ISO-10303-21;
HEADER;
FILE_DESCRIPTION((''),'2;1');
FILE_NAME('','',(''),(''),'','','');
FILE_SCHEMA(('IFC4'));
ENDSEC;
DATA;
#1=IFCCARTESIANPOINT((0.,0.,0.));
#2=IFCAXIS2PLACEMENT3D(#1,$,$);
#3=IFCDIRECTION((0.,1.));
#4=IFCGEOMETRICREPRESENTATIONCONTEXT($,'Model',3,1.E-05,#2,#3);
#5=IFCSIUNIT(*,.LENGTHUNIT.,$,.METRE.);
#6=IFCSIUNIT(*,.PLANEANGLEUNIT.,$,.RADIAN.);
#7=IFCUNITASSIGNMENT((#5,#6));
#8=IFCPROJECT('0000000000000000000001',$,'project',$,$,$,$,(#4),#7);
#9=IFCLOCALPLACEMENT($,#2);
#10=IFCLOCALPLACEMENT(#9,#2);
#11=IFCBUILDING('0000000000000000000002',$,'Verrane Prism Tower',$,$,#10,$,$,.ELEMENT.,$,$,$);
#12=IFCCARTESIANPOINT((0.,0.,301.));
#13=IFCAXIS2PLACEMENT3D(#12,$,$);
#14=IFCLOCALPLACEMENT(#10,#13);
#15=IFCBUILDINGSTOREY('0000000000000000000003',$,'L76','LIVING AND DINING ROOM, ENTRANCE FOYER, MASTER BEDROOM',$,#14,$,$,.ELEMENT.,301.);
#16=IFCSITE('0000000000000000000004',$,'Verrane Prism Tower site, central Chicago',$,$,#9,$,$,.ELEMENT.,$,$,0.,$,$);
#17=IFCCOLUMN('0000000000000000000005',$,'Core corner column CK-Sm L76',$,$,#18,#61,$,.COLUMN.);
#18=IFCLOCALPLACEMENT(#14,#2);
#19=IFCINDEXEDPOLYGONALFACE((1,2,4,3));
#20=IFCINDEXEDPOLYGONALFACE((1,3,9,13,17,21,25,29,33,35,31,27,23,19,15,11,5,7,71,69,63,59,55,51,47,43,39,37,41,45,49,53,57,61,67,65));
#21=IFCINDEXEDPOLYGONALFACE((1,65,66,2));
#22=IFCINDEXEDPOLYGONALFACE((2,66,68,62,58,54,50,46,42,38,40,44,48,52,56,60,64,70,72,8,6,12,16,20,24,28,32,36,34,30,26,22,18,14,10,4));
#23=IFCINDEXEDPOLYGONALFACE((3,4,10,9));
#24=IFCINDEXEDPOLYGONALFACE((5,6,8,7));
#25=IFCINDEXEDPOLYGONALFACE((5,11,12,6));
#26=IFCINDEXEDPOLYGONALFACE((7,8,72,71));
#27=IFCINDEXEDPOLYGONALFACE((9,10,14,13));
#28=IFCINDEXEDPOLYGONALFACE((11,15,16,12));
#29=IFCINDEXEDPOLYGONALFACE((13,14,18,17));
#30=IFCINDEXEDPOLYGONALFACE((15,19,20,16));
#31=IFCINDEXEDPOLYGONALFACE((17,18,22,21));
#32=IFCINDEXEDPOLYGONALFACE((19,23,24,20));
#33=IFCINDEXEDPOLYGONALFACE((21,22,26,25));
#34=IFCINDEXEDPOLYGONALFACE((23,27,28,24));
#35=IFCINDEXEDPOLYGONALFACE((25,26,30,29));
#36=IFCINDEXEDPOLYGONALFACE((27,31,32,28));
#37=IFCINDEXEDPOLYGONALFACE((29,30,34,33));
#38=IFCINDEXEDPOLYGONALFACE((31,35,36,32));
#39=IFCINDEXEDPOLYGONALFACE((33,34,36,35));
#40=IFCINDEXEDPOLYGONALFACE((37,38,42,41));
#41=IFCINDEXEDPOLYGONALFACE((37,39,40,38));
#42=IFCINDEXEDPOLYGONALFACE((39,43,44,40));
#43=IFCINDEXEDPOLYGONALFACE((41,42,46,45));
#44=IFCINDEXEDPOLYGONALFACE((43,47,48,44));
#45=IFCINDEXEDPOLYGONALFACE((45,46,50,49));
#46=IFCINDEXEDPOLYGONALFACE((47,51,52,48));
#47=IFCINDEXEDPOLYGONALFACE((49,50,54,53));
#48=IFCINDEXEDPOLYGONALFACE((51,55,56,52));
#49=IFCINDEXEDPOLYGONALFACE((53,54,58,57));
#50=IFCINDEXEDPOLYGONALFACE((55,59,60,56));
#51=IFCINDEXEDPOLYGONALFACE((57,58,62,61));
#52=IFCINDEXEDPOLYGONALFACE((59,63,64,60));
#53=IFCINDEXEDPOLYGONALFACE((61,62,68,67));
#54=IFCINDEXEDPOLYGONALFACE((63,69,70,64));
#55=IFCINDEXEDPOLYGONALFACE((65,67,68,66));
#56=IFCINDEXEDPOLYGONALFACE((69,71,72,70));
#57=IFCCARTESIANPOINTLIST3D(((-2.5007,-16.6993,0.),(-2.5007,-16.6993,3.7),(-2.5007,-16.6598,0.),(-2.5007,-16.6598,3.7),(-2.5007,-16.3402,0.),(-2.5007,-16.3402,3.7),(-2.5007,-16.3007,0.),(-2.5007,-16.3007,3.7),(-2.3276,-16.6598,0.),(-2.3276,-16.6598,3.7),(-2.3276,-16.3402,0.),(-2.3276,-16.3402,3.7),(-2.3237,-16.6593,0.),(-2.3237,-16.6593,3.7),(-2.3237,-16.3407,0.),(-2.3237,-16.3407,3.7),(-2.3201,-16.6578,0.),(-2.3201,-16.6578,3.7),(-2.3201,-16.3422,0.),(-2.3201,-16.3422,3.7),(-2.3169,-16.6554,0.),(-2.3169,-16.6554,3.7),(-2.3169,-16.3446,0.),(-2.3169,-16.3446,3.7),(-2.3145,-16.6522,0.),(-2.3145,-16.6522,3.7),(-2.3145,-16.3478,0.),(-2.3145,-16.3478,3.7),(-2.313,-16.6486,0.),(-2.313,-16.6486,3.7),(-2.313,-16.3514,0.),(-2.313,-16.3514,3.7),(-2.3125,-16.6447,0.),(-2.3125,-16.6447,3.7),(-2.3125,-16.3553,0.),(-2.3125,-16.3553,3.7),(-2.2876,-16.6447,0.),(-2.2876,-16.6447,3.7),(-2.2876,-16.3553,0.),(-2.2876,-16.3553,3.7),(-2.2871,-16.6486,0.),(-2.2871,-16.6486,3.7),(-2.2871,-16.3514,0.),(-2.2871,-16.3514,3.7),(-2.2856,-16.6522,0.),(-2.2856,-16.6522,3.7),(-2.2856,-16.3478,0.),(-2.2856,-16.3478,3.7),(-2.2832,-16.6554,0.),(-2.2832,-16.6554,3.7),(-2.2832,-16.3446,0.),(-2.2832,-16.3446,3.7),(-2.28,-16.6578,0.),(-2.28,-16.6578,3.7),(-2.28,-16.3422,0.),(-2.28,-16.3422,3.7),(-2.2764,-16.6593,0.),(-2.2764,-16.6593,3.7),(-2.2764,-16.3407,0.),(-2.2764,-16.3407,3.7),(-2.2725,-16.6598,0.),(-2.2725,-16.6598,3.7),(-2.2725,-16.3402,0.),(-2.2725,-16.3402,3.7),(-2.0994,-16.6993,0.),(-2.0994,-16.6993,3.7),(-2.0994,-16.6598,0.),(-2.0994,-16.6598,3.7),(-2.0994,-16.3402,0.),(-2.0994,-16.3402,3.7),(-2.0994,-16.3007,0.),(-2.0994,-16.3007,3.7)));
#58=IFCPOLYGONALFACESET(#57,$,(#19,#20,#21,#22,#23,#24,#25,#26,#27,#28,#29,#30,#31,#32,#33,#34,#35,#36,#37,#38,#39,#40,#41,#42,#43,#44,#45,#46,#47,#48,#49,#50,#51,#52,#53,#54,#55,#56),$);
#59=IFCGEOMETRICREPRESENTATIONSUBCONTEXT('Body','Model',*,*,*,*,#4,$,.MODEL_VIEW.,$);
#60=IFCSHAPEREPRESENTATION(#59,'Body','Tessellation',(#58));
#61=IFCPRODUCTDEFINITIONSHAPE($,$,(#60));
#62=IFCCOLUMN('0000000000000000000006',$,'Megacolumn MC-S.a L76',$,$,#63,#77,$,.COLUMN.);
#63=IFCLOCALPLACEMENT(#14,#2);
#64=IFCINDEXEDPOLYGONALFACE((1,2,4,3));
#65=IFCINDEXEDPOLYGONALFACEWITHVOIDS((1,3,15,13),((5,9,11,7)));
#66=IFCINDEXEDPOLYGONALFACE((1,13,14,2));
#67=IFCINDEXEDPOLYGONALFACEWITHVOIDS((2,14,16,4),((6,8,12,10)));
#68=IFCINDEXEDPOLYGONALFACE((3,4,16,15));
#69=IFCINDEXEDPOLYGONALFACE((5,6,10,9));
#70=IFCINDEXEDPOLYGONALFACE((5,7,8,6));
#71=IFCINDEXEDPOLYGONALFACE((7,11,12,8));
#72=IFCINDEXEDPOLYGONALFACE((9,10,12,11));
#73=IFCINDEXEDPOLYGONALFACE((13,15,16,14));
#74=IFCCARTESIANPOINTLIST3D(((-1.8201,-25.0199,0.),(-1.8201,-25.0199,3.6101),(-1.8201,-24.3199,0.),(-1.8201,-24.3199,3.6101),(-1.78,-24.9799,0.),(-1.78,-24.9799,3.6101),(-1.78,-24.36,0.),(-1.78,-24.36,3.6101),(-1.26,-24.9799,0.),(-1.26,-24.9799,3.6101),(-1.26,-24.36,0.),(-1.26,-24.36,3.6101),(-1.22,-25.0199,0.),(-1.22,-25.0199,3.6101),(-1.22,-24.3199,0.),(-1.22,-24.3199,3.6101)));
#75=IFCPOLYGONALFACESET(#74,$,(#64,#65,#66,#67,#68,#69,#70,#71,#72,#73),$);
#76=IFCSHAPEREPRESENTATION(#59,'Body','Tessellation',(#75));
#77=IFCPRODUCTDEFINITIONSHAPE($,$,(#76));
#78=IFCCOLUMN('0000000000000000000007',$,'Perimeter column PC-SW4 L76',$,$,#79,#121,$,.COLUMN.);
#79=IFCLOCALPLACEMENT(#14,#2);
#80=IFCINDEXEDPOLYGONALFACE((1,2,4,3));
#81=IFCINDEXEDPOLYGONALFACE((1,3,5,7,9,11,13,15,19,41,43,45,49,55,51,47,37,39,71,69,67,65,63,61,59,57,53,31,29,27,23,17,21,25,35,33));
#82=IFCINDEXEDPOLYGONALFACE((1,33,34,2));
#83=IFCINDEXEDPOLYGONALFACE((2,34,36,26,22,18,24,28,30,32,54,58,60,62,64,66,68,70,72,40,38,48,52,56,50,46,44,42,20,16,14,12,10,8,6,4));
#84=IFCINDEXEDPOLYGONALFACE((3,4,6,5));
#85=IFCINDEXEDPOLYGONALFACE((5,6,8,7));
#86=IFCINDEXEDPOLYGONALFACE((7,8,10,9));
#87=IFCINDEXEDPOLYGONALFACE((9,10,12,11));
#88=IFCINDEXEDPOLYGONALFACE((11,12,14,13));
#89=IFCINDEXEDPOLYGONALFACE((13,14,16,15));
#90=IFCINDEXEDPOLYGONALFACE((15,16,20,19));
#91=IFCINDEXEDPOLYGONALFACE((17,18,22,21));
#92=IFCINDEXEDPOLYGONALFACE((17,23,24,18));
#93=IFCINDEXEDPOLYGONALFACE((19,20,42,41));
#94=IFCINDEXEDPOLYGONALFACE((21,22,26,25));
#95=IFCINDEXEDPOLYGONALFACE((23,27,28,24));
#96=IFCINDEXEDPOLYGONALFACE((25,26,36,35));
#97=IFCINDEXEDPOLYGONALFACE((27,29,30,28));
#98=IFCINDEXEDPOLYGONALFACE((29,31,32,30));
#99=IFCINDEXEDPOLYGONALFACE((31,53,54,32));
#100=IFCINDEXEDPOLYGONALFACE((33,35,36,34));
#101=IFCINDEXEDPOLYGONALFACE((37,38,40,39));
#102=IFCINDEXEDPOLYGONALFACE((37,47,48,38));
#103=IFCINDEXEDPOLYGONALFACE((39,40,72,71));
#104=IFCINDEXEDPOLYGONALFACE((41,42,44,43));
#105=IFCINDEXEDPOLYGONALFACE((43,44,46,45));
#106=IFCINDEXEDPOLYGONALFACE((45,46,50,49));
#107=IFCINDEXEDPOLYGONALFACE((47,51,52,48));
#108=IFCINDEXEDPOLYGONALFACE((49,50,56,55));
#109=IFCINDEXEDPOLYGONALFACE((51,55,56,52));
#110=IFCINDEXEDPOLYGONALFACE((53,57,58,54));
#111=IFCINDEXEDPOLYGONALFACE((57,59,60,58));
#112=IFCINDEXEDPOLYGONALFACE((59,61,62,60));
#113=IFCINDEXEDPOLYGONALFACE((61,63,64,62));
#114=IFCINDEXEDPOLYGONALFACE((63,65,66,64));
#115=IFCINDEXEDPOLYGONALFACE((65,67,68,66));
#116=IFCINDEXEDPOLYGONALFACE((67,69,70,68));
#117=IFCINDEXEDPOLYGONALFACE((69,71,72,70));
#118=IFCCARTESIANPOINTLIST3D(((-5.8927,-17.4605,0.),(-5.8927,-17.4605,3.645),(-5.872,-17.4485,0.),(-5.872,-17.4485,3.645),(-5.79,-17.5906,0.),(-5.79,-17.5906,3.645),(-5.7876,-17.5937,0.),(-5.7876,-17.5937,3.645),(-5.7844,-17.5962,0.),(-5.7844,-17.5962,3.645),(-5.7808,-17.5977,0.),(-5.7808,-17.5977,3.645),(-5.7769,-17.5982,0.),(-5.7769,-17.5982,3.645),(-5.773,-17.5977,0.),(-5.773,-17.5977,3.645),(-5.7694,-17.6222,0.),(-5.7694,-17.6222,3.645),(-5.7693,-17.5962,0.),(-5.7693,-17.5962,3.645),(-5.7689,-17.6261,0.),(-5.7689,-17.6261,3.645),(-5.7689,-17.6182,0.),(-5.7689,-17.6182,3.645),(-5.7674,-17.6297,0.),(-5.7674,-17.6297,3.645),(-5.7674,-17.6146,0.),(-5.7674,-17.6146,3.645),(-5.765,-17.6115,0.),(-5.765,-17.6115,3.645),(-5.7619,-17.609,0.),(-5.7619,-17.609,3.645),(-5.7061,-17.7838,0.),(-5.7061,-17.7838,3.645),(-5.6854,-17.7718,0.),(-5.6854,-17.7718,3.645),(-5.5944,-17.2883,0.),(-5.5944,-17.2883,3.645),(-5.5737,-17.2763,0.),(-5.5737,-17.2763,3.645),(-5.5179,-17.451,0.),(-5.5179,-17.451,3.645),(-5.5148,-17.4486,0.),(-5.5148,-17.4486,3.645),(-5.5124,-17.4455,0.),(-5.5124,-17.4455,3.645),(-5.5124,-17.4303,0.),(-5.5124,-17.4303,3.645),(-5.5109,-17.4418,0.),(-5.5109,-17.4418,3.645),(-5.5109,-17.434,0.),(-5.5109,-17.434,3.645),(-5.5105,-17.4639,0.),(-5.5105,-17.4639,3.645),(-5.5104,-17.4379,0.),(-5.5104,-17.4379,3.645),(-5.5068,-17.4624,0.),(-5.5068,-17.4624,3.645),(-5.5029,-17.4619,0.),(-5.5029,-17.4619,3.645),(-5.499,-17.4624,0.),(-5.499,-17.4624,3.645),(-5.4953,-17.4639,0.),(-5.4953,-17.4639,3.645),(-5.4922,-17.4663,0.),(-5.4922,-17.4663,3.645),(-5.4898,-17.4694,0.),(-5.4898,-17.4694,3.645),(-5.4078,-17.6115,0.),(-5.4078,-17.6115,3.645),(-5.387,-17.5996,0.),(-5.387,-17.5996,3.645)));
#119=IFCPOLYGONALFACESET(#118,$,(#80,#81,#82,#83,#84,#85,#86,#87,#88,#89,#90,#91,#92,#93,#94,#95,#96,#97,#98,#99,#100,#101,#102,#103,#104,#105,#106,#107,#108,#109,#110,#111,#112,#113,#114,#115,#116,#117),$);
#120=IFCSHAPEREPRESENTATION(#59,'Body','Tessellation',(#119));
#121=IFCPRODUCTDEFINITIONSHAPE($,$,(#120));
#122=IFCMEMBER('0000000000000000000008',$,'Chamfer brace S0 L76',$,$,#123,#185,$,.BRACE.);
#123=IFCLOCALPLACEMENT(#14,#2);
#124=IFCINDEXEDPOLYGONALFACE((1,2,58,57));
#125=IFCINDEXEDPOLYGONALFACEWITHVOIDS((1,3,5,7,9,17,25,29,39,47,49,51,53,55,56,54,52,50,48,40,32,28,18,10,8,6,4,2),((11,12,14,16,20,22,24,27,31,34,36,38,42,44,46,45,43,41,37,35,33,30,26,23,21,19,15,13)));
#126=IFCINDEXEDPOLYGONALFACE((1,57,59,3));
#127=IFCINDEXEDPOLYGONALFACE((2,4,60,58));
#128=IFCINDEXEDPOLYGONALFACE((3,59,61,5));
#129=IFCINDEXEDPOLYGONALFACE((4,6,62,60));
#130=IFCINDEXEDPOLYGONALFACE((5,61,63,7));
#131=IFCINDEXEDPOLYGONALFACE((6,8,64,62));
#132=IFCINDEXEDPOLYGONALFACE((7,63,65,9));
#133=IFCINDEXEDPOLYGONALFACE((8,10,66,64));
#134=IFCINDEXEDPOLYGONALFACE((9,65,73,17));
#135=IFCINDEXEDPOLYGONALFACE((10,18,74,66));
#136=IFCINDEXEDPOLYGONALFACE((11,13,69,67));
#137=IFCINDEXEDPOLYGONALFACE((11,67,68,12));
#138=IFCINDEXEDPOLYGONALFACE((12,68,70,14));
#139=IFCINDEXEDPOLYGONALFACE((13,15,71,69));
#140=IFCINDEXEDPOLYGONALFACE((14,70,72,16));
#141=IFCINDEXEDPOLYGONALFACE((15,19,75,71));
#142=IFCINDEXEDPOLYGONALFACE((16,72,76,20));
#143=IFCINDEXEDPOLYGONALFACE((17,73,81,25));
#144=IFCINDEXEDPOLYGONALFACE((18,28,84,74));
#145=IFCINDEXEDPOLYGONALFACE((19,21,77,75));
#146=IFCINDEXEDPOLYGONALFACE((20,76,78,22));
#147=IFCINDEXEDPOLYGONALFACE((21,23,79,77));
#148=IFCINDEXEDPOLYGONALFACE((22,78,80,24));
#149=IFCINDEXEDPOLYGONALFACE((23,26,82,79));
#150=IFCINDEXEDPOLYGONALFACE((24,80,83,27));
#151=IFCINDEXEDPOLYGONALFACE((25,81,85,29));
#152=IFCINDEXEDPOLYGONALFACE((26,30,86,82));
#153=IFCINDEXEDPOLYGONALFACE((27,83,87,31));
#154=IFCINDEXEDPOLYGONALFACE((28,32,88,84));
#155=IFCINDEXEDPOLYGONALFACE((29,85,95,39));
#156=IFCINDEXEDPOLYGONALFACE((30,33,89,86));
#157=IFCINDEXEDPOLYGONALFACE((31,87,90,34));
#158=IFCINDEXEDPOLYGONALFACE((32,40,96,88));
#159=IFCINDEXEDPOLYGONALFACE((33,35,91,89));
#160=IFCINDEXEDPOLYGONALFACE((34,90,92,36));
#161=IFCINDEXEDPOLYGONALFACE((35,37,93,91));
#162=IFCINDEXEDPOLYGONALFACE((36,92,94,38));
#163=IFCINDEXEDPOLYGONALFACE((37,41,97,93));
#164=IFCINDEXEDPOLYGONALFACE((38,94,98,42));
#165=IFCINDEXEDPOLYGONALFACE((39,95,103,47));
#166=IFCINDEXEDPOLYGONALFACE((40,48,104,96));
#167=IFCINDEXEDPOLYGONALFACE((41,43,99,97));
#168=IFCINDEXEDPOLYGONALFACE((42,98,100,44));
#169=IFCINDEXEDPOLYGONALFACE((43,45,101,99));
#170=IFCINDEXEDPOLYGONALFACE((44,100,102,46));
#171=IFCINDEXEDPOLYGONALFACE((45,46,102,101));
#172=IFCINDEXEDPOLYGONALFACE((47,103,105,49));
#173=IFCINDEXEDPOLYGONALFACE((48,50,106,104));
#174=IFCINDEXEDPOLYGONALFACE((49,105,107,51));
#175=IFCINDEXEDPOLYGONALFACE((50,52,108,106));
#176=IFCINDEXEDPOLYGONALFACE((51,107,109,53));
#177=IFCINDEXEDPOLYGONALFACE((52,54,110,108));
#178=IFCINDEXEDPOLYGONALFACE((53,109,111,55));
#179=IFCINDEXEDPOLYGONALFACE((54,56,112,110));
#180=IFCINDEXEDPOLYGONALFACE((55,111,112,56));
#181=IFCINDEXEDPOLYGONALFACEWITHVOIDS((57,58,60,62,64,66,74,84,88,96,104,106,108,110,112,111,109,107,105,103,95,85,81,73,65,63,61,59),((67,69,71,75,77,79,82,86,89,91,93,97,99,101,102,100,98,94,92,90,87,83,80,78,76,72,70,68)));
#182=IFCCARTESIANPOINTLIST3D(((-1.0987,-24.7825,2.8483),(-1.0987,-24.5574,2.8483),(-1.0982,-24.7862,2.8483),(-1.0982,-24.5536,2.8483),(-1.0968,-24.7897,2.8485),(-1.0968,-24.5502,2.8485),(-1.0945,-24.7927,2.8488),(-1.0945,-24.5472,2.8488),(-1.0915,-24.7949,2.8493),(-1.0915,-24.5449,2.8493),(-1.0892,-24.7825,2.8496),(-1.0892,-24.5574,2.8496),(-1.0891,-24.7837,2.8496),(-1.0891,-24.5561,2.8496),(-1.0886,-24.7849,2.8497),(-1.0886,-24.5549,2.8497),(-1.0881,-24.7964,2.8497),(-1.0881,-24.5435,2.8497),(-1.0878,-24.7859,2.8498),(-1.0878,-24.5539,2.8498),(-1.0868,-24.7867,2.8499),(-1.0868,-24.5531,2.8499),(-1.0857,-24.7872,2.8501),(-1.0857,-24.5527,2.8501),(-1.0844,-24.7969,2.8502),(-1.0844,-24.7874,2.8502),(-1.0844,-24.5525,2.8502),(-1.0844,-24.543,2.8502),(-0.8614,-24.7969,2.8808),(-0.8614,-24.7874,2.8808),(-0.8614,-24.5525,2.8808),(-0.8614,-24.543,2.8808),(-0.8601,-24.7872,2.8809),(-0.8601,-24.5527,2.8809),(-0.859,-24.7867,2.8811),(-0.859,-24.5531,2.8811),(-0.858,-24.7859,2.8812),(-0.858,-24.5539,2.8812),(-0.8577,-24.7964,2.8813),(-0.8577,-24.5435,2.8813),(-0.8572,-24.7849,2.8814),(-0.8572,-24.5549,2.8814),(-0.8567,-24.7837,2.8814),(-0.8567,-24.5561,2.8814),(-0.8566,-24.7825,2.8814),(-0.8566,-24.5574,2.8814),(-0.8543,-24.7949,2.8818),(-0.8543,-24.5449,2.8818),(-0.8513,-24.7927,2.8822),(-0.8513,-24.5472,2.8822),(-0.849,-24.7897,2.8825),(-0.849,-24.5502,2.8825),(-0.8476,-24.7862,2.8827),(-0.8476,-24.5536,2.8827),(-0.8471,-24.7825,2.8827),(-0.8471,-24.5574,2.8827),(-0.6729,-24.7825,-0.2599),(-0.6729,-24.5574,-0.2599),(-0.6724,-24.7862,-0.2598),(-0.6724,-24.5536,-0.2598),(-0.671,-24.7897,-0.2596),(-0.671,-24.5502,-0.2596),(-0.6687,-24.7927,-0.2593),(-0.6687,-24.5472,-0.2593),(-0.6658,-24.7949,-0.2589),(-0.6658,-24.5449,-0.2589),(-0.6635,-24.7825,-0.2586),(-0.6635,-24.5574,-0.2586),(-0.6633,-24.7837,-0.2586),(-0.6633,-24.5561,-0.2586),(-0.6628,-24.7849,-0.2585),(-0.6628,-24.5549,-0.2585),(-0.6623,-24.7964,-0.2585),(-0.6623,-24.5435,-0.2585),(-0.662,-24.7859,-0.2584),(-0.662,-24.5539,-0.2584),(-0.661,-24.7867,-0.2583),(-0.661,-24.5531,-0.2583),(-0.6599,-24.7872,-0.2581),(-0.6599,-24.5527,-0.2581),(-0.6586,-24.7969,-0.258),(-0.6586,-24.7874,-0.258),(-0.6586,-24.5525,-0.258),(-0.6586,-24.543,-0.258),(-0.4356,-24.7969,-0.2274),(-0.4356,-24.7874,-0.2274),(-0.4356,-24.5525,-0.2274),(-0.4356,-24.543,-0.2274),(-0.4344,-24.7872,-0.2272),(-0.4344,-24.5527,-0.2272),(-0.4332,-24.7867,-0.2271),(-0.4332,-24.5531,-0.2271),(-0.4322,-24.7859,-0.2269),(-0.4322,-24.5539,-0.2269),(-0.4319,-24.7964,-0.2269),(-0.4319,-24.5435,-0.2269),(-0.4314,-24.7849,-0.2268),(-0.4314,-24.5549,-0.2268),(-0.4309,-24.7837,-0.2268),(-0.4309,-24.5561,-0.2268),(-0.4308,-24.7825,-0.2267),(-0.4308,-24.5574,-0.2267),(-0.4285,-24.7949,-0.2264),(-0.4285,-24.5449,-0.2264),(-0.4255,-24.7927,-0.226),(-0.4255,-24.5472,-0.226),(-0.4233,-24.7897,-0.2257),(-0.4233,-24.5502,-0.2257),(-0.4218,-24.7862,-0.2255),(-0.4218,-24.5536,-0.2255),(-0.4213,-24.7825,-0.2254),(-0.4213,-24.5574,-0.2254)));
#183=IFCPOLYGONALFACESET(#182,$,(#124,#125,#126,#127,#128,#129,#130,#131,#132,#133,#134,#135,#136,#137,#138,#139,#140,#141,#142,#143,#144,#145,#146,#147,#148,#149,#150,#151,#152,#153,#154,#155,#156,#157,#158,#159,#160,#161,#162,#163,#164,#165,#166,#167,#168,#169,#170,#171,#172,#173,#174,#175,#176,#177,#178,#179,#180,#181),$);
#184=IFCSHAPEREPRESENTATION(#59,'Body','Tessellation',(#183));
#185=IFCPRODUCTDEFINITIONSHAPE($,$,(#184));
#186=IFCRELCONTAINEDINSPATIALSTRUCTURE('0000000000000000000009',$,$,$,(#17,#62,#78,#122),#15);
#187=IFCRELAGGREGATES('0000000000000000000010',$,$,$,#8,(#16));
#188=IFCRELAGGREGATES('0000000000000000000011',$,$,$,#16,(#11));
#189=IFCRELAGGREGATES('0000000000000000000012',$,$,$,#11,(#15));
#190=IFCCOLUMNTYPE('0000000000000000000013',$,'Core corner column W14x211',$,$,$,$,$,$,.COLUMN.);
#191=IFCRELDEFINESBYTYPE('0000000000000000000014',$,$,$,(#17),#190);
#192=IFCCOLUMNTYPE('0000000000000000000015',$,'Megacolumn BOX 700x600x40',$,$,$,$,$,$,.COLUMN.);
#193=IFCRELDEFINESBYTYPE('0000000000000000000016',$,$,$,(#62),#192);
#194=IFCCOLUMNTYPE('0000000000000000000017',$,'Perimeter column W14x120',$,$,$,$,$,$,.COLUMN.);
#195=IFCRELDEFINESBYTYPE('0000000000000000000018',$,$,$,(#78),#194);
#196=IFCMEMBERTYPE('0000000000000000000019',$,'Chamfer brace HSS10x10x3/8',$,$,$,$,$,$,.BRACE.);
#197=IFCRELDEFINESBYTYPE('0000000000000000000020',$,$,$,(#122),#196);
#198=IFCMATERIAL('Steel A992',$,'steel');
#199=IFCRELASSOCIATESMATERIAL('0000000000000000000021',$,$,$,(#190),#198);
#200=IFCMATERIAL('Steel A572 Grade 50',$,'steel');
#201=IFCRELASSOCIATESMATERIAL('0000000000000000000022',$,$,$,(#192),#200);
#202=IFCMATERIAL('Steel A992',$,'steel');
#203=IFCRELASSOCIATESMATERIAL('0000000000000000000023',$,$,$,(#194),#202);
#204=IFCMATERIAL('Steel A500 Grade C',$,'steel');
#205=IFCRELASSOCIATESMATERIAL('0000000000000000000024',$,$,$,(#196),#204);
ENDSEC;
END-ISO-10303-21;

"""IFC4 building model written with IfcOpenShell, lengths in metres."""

from ifc_helpers import new_model, si_unit, direction, frame, origin, origin_2d, place, context, subcontext, project, spatial, hollow_rectangle, i_section, extrude, material, material_profile, profile_set, type_object, element, save


model = new_model("IFC4")

# Units and contexts
model_context = context("Model", 3, precision=1e-05, world=origin(), true_north=direction((0.0, 1.0)))
body_context = subcontext(model_context, "Body", "Model", "MODEL_VIEW")
ifc_project = project(units=[si_unit("LENGTHUNIT", "METRE"), si_unit("PLANEANGLEUNIT", "RADIAN")], contexts=[model_context])

# Site, building, storey
site_placement = place(None, origin())
site = spatial("IfcSite", under=ifc_project, at=site_placement, Name="Verrane Prism Tower site, central Chicago", CompositionType="ELEMENT", RefElevation=0.0)
building_placement = place(site_placement, origin())
building = spatial("IfcBuilding", under=site, at=building_placement, Name="Verrane Prism Tower", CompositionType="ELEMENT")
storey_placement = place(building_placement, frame((0.0, 0.0, 301.0)))
storey = spatial("IfcBuildingStorey", under=building, at=storey_placement, Name="L76", Description="LIVING AND DINING ROOM, ENTRANCE FOYER, MASTER BEDROOM", CompositionType="ELEMENT", Elevation=301.0)

# Columns
ifc_material_1 = material(Name="Steel A992", Category="steel")
ifc_material_profile_1 = material_profile(ifc_material_1, i_section(OverallWidth=0.4014, OverallDepth=0.3987, WebThickness=0.0249, FlangeThickness=0.0396, FilletRadius=0.0151, at=origin_2d()), Name="W14x211")
ifc_profile_set_1 = profile_set([ifc_material_profile_1], Name="Steel A992")
column_type_1 = type_object("IfcColumnType", Name="Core corner column W14x211", PredefinedType="COLUMN", material=ifc_profile_set_1)
column_1_placement = place(storey_placement, frame((-2.3, -16.5, 0.0), z_axis=(0.0, 0.0, 1.0), x_axis=(-1.0, 0.0, 0.0)))
element("IfcColumn", 1, at=column_1_placement, inside=storey, type_object=column_type_1, Name="Core corner column CK-Sm L76", PredefinedType="COLUMN", context=body_context, shape_type="SweptSolid", body=[
    extrude(i_section(OverallWidth=0.4014, OverallDepth=0.3987, WebThickness=0.0249, FlangeThickness=0.0396, FilletRadius=0.0151, at=origin_2d()), origin(), (0.0, 0.0, 1.0), 3.7),
])
ifc_material_2 = material(Name="Steel A572 Grade 50", Category="steel")
ifc_material_profile_2 = material_profile(ifc_material_2, hollow_rectangle(XDim=0.6001, YDim=0.7, WallThickness=0.04, at=origin_2d()), Name="BOX 700x600x40")
ifc_profile_set_2 = profile_set([ifc_material_profile_2], Name="Steel A572 Grade 50")
column_type_2 = type_object("IfcColumnType", Name="Megacolumn BOX 700x600x40", PredefinedType="COLUMN", material=ifc_profile_set_2)
column_2_placement = place(storey_placement, frame((-1.52, -24.6699, 0.0), z_axis=(0.0, 0.0, 1.0), x_axis=(-1.0, 0.0, 0.0)))
element("IfcColumn", 2, at=column_2_placement, inside=storey, type_object=column_type_2, Name="Megacolumn MC-S.a L76", PredefinedType="COLUMN", context=body_context, shape_type="SweptSolid", body=[
    extrude(hollow_rectangle(XDim=0.6001, YDim=0.7, WallThickness=0.04, at=origin_2d()), origin(), (0.0, 0.0, 1.0), 3.6101),
])
ifc_material_3 = material(Name="Steel A992", Category="steel")
ifc_material_profile_3 = material_profile(ifc_material_3, i_section(OverallWidth=0.3733, OverallDepth=0.3684, WebThickness=0.0149, FlangeThickness=0.0239, FilletRadius=0.0151, at=origin_2d()), Name="W14x120")
ifc_profile_set_3 = profile_set([ifc_material_profile_3], Name="Steel A992")
column_type_3 = type_object("IfcColumnType", Name="Perimeter column W14x120", PredefinedType="COLUMN", material=ifc_profile_set_3)
column_3_placement = place(storey_placement, frame((-5.6399, -17.53, 0.0), z_axis=(0.0, 0.0, 1.0), x_axis=(-0.5, 0.866025, 0.0)))
element("IfcColumn", 3, at=column_3_placement, inside=storey, type_object=column_type_3, Name="Perimeter column PC-SW4 L76", PredefinedType="COLUMN", context=body_context, shape_type="SweptSolid", body=[
    extrude(i_section(OverallWidth=0.3733, OverallDepth=0.3684, WebThickness=0.0149, FlangeThickness=0.0239, FilletRadius=0.0151, at=origin_2d()), origin(), (0.0, 0.0, 1.0), 3.645),
])

# Member
ifc_material_4 = material(Name="Steel A500 Grade C", Category="steel")
ifc_material_profile_4 = material_profile(ifc_material_4, hollow_rectangle(XDim=0.2539, YDim=0.2539, WallThickness=0.0095, InnerFilletRadius=0.0049, OuterFilletRadius=0.0144, at=origin_2d()), Name="HSS10x10x3/8")
ifc_profile_set_4 = profile_set([ifc_material_profile_4], Name="Steel A500 Grade C")
member_type_1 = type_object("IfcMemberType", Name="Chamfer brace HSS10x10x3/8", PredefinedType="BRACE", material=ifc_profile_set_4)
member_1_placement = place(storey_placement, frame((-0.5471, -24.6699, -0.2427), z_axis=(-0.135721, 0.0, 0.990747), x_axis=(0.0, -1.0, 0.0)))
element("IfcMember", 4, at=member_1_placement, inside=storey, type_object=member_type_1, Name="Chamfer brace S0 L76", PredefinedType="BRACE", context=body_context, shape_type="SweptSolid", body=[
    extrude(hollow_rectangle(XDim=0.2539, YDim=0.2539, WallThickness=0.0095, InnerFilletRadius=0.0049, OuterFilletRadius=0.0144, at=origin_2d()), origin(), (0.0, 0.0, 1.0), 3.1372),
])

save(model, "model.ifc")
